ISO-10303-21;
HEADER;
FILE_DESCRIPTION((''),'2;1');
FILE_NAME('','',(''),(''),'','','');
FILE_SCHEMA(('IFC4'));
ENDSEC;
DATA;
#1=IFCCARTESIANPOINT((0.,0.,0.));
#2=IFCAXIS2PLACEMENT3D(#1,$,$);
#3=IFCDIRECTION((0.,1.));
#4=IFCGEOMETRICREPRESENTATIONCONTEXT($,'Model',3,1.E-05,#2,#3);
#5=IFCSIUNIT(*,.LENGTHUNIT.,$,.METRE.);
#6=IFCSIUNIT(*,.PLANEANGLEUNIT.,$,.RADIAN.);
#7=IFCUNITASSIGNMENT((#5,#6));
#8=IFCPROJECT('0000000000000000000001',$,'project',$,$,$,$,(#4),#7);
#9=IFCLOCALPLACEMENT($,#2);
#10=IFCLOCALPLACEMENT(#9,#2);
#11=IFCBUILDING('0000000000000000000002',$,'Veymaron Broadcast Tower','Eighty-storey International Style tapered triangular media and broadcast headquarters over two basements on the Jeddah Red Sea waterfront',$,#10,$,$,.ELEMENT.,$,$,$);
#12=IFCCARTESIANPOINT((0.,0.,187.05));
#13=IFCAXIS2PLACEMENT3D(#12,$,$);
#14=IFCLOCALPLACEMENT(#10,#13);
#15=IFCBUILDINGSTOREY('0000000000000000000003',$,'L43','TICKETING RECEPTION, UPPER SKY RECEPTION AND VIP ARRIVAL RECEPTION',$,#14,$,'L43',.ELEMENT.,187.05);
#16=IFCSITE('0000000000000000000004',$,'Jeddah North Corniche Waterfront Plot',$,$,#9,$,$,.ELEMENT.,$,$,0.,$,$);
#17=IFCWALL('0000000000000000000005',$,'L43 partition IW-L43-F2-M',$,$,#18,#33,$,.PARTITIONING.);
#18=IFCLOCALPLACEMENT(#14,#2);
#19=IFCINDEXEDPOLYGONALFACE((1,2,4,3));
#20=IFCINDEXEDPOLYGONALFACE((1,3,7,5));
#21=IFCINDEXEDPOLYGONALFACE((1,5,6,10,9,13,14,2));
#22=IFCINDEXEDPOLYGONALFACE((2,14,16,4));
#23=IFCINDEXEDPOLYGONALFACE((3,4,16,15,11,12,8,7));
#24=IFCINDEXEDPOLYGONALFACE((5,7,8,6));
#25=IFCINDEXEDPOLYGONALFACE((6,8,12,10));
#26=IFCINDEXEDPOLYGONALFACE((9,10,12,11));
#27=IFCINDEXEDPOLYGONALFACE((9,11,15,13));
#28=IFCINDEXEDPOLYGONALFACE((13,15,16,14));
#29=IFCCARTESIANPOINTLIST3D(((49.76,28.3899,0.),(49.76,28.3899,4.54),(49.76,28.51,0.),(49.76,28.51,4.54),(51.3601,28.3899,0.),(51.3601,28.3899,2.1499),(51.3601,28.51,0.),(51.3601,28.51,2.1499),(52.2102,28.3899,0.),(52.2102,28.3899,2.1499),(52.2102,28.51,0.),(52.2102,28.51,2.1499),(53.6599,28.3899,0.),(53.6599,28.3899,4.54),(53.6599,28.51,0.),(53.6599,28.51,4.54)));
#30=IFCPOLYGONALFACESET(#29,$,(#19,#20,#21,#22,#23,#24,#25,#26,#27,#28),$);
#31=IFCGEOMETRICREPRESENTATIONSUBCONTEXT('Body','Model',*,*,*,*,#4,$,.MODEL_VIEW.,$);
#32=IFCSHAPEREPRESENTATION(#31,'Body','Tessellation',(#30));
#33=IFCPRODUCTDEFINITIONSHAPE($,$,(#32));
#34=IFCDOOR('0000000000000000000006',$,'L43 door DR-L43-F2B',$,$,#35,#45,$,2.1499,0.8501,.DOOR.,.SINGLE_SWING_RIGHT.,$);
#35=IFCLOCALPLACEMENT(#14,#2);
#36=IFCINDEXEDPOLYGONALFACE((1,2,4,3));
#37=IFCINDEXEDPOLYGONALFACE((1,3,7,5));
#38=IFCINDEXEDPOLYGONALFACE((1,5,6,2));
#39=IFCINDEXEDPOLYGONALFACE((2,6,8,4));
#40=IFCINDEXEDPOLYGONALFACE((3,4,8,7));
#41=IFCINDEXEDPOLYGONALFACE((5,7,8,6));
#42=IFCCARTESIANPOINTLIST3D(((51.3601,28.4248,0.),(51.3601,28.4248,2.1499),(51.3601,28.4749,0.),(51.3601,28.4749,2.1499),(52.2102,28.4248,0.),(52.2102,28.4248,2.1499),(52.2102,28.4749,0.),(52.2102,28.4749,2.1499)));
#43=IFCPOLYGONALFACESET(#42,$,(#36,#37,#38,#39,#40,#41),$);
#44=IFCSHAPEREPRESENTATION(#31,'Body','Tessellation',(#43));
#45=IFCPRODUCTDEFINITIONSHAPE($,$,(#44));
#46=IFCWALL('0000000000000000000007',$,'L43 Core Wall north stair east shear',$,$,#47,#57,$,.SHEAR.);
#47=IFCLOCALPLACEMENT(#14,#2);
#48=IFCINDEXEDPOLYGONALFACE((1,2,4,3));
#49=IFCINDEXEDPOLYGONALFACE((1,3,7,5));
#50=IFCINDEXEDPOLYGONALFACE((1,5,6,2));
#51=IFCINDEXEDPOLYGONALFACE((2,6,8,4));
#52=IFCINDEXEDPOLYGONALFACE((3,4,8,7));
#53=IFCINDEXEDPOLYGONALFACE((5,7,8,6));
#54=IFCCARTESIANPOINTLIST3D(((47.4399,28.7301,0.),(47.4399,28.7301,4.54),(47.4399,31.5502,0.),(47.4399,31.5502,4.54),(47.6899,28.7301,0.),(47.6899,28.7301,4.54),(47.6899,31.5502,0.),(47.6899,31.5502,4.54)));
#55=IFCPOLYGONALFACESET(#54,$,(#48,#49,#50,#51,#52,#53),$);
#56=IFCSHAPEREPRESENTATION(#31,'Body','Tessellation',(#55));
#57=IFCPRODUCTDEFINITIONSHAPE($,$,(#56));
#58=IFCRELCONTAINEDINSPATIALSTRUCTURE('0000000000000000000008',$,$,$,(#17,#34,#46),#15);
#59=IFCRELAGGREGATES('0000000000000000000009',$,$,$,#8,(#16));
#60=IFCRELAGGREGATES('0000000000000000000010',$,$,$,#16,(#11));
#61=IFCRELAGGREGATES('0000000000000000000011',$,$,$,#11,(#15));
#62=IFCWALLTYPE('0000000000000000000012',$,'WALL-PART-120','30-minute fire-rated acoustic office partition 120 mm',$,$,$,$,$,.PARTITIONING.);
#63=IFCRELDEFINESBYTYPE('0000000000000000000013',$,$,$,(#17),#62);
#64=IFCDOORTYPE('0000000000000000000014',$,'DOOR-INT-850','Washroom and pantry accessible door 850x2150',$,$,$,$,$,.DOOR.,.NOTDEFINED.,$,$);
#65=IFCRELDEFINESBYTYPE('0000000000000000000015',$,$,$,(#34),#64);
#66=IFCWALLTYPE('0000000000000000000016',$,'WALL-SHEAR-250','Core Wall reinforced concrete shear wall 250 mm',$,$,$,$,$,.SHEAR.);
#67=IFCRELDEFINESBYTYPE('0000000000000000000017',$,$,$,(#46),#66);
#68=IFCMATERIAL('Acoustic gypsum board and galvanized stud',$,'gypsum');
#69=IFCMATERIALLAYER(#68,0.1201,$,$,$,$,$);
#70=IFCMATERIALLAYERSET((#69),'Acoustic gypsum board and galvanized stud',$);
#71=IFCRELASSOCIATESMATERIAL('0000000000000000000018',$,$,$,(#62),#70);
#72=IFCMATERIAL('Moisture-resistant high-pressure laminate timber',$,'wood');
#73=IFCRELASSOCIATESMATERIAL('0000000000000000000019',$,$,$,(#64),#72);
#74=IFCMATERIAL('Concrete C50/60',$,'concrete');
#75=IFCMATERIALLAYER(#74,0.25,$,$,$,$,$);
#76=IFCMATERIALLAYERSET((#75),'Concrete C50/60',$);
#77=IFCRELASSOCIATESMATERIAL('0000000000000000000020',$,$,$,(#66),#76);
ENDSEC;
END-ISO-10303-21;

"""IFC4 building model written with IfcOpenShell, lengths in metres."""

from ifc_helpers import new_model, si_unit, direction, frame, frame_2d, origin, place, context, subcontext, project, spatial, rectangle, extrude, material, layer, layer_set, type_object, element, fill, save


model = new_model("IFC4")

# Units and contexts
model_context = context("Model", 3, precision=1e-05, world=origin(), true_north=direction((0.0, 1.0)))
body_context = subcontext(model_context, "Body", "Model", "MODEL_VIEW")
ifc_project = project(units=[si_unit("LENGTHUNIT", "METRE"), si_unit("PLANEANGLEUNIT", "RADIAN")], contexts=[model_context])

# Site, building, storey
site_placement = place(None, origin())
site = spatial("IfcSite", under=ifc_project, at=site_placement, Name="Jeddah North Corniche Waterfront Plot", CompositionType="ELEMENT", RefElevation=0.0)
building_placement = place(site_placement, origin())
building = spatial("IfcBuilding", under=site, at=building_placement, Name="Veymaron Broadcast Tower", Description="Eighty-storey International Style tapered triangular media and broadcast headquarters over two basements on the Jeddah Red Sea waterfront", CompositionType="ELEMENT")
storey_placement = place(building_placement, frame((0.0, 0.0, 187.05)))
storey = spatial("IfcBuildingStorey", under=building, at=storey_placement, Name="L43", Description="TICKETING RECEPTION, UPPER SKY RECEPTION AND VIP ARRIVAL RECEPTION", LongName="L43", CompositionType="ELEMENT", Elevation=187.05)

# Shared definitions
ifc_material_1 = material(Name="Acoustic gypsum board and galvanized stud", Category="gypsum")
ifc_layer_1 = layer(ifc_material_1, 0.1201)
ifc_layer_set_1 = layer_set([ifc_layer_1], Name="Acoustic gypsum board and galvanized stud")
wall_type_1 = type_object("IfcWallType", Name="WALL-PART-120", Description="30-minute fire-rated acoustic office partition 120 mm", PredefinedType="PARTITIONING", material=ifc_layer_set_1)

# Wall, opening, door
ifc_material_2 = material(Name="Moisture-resistant high-pressure laminate timber", Category="wood")
door_type_1 = type_object("IfcDoorType", Name="DOOR-INT-850", Description="Washroom and pantry accessible door 850x2150", OperationType="NOTDEFINED", PredefinedType="DOOR", material=ifc_material_2)
wall_1_placement = place(storey_placement, frame((49.76, 28.45, 0.0), z_axis=(0.0, 0.0, 1.0), x_axis=(1.0, 0.0, 0.0)))
wall_1 = element("IfcWall", 1, at=wall_1_placement, inside=storey, type_object=wall_type_1, Name="L43 partition IW-L43-F2-M", PredefinedType="PARTITIONING", context=body_context, shape_type="SweptSolid", body=[
    extrude(rectangle(XDim=3.8999, YDim=0.1201, at=frame_2d((1.95, 0.0))), origin(), (0.0, 0.0, 1.0), 4.54),
])
opening_1_placement = place(wall_1_placement, frame((1.6001, 0.0, 0.0)))
opening_1 = element("IfcOpeningElement", 2, at=opening_1_placement, cuts=wall_1, PredefinedType="OPENING", context=body_context, shape_type="SweptSolid", body=[
    extrude(rectangle(XDim=0.8501, YDim=2.1499, at=frame_2d((0.425, 1.075))), frame((0.0, 0.0701, 0.0), z_axis=(0.0, -1.0, 0.0), x_axis=(1.0, 0.0, 0.0)), (0.0, 0.0, 1.0), 0.1401),
])
door_1_placement = place(opening_1_placement, origin())
door_1 = element("IfcDoor", 3, at=door_1_placement, inside=storey, type_object=door_type_1, Name="L43 door DR-L43-F2B", OperationType="SINGLE_SWING_RIGHT", OverallHeight=2.1499, OverallWidth=0.8501, PredefinedType="DOOR", context=body_context, shape_type="SweptSolid", body=[
    extrude(rectangle(XDim=0.8501, YDim=2.1499, at=frame_2d((0.425, 1.075))), frame((0.0, 0.0249, 0.0), z_axis=(0.0, -1.0, 0.0), x_axis=(1.0, 0.0, 0.0)), (0.0, 0.0, 1.0), 0.05),
])
fill(opening_1, door_1)

# Wall
ifc_material_3 = material(Name="Concrete C50/60", Category="concrete")
ifc_layer_2 = layer(ifc_material_3, 0.25)
ifc_layer_set_2 = layer_set([ifc_layer_2], Name="Concrete C50/60")
wall_type_2 = type_object("IfcWallType", Name="WALL-SHEAR-250", Description="Core Wall reinforced concrete shear wall 250 mm", PredefinedType="SHEAR", material=ifc_layer_set_2)
wall_2_placement = place(storey_placement, frame((47.5649, 28.73, 0.0), z_axis=(0.0, 0.0, 1.0), x_axis=(0.0, 1.0, 0.0)))
element("IfcWall", 4, at=wall_2_placement, inside=storey, type_object=wall_type_2, Name="L43 Core Wall north stair east shear", PredefinedType="SHEAR", context=body_context, shape_type="SweptSolid", body=[
    extrude(rectangle(XDim=2.8201, YDim=0.25, at=frame_2d((1.4102, 0.0))), origin(), (0.0, 0.0, 1.0), 4.54),
])

save(model, "model.ifc")
